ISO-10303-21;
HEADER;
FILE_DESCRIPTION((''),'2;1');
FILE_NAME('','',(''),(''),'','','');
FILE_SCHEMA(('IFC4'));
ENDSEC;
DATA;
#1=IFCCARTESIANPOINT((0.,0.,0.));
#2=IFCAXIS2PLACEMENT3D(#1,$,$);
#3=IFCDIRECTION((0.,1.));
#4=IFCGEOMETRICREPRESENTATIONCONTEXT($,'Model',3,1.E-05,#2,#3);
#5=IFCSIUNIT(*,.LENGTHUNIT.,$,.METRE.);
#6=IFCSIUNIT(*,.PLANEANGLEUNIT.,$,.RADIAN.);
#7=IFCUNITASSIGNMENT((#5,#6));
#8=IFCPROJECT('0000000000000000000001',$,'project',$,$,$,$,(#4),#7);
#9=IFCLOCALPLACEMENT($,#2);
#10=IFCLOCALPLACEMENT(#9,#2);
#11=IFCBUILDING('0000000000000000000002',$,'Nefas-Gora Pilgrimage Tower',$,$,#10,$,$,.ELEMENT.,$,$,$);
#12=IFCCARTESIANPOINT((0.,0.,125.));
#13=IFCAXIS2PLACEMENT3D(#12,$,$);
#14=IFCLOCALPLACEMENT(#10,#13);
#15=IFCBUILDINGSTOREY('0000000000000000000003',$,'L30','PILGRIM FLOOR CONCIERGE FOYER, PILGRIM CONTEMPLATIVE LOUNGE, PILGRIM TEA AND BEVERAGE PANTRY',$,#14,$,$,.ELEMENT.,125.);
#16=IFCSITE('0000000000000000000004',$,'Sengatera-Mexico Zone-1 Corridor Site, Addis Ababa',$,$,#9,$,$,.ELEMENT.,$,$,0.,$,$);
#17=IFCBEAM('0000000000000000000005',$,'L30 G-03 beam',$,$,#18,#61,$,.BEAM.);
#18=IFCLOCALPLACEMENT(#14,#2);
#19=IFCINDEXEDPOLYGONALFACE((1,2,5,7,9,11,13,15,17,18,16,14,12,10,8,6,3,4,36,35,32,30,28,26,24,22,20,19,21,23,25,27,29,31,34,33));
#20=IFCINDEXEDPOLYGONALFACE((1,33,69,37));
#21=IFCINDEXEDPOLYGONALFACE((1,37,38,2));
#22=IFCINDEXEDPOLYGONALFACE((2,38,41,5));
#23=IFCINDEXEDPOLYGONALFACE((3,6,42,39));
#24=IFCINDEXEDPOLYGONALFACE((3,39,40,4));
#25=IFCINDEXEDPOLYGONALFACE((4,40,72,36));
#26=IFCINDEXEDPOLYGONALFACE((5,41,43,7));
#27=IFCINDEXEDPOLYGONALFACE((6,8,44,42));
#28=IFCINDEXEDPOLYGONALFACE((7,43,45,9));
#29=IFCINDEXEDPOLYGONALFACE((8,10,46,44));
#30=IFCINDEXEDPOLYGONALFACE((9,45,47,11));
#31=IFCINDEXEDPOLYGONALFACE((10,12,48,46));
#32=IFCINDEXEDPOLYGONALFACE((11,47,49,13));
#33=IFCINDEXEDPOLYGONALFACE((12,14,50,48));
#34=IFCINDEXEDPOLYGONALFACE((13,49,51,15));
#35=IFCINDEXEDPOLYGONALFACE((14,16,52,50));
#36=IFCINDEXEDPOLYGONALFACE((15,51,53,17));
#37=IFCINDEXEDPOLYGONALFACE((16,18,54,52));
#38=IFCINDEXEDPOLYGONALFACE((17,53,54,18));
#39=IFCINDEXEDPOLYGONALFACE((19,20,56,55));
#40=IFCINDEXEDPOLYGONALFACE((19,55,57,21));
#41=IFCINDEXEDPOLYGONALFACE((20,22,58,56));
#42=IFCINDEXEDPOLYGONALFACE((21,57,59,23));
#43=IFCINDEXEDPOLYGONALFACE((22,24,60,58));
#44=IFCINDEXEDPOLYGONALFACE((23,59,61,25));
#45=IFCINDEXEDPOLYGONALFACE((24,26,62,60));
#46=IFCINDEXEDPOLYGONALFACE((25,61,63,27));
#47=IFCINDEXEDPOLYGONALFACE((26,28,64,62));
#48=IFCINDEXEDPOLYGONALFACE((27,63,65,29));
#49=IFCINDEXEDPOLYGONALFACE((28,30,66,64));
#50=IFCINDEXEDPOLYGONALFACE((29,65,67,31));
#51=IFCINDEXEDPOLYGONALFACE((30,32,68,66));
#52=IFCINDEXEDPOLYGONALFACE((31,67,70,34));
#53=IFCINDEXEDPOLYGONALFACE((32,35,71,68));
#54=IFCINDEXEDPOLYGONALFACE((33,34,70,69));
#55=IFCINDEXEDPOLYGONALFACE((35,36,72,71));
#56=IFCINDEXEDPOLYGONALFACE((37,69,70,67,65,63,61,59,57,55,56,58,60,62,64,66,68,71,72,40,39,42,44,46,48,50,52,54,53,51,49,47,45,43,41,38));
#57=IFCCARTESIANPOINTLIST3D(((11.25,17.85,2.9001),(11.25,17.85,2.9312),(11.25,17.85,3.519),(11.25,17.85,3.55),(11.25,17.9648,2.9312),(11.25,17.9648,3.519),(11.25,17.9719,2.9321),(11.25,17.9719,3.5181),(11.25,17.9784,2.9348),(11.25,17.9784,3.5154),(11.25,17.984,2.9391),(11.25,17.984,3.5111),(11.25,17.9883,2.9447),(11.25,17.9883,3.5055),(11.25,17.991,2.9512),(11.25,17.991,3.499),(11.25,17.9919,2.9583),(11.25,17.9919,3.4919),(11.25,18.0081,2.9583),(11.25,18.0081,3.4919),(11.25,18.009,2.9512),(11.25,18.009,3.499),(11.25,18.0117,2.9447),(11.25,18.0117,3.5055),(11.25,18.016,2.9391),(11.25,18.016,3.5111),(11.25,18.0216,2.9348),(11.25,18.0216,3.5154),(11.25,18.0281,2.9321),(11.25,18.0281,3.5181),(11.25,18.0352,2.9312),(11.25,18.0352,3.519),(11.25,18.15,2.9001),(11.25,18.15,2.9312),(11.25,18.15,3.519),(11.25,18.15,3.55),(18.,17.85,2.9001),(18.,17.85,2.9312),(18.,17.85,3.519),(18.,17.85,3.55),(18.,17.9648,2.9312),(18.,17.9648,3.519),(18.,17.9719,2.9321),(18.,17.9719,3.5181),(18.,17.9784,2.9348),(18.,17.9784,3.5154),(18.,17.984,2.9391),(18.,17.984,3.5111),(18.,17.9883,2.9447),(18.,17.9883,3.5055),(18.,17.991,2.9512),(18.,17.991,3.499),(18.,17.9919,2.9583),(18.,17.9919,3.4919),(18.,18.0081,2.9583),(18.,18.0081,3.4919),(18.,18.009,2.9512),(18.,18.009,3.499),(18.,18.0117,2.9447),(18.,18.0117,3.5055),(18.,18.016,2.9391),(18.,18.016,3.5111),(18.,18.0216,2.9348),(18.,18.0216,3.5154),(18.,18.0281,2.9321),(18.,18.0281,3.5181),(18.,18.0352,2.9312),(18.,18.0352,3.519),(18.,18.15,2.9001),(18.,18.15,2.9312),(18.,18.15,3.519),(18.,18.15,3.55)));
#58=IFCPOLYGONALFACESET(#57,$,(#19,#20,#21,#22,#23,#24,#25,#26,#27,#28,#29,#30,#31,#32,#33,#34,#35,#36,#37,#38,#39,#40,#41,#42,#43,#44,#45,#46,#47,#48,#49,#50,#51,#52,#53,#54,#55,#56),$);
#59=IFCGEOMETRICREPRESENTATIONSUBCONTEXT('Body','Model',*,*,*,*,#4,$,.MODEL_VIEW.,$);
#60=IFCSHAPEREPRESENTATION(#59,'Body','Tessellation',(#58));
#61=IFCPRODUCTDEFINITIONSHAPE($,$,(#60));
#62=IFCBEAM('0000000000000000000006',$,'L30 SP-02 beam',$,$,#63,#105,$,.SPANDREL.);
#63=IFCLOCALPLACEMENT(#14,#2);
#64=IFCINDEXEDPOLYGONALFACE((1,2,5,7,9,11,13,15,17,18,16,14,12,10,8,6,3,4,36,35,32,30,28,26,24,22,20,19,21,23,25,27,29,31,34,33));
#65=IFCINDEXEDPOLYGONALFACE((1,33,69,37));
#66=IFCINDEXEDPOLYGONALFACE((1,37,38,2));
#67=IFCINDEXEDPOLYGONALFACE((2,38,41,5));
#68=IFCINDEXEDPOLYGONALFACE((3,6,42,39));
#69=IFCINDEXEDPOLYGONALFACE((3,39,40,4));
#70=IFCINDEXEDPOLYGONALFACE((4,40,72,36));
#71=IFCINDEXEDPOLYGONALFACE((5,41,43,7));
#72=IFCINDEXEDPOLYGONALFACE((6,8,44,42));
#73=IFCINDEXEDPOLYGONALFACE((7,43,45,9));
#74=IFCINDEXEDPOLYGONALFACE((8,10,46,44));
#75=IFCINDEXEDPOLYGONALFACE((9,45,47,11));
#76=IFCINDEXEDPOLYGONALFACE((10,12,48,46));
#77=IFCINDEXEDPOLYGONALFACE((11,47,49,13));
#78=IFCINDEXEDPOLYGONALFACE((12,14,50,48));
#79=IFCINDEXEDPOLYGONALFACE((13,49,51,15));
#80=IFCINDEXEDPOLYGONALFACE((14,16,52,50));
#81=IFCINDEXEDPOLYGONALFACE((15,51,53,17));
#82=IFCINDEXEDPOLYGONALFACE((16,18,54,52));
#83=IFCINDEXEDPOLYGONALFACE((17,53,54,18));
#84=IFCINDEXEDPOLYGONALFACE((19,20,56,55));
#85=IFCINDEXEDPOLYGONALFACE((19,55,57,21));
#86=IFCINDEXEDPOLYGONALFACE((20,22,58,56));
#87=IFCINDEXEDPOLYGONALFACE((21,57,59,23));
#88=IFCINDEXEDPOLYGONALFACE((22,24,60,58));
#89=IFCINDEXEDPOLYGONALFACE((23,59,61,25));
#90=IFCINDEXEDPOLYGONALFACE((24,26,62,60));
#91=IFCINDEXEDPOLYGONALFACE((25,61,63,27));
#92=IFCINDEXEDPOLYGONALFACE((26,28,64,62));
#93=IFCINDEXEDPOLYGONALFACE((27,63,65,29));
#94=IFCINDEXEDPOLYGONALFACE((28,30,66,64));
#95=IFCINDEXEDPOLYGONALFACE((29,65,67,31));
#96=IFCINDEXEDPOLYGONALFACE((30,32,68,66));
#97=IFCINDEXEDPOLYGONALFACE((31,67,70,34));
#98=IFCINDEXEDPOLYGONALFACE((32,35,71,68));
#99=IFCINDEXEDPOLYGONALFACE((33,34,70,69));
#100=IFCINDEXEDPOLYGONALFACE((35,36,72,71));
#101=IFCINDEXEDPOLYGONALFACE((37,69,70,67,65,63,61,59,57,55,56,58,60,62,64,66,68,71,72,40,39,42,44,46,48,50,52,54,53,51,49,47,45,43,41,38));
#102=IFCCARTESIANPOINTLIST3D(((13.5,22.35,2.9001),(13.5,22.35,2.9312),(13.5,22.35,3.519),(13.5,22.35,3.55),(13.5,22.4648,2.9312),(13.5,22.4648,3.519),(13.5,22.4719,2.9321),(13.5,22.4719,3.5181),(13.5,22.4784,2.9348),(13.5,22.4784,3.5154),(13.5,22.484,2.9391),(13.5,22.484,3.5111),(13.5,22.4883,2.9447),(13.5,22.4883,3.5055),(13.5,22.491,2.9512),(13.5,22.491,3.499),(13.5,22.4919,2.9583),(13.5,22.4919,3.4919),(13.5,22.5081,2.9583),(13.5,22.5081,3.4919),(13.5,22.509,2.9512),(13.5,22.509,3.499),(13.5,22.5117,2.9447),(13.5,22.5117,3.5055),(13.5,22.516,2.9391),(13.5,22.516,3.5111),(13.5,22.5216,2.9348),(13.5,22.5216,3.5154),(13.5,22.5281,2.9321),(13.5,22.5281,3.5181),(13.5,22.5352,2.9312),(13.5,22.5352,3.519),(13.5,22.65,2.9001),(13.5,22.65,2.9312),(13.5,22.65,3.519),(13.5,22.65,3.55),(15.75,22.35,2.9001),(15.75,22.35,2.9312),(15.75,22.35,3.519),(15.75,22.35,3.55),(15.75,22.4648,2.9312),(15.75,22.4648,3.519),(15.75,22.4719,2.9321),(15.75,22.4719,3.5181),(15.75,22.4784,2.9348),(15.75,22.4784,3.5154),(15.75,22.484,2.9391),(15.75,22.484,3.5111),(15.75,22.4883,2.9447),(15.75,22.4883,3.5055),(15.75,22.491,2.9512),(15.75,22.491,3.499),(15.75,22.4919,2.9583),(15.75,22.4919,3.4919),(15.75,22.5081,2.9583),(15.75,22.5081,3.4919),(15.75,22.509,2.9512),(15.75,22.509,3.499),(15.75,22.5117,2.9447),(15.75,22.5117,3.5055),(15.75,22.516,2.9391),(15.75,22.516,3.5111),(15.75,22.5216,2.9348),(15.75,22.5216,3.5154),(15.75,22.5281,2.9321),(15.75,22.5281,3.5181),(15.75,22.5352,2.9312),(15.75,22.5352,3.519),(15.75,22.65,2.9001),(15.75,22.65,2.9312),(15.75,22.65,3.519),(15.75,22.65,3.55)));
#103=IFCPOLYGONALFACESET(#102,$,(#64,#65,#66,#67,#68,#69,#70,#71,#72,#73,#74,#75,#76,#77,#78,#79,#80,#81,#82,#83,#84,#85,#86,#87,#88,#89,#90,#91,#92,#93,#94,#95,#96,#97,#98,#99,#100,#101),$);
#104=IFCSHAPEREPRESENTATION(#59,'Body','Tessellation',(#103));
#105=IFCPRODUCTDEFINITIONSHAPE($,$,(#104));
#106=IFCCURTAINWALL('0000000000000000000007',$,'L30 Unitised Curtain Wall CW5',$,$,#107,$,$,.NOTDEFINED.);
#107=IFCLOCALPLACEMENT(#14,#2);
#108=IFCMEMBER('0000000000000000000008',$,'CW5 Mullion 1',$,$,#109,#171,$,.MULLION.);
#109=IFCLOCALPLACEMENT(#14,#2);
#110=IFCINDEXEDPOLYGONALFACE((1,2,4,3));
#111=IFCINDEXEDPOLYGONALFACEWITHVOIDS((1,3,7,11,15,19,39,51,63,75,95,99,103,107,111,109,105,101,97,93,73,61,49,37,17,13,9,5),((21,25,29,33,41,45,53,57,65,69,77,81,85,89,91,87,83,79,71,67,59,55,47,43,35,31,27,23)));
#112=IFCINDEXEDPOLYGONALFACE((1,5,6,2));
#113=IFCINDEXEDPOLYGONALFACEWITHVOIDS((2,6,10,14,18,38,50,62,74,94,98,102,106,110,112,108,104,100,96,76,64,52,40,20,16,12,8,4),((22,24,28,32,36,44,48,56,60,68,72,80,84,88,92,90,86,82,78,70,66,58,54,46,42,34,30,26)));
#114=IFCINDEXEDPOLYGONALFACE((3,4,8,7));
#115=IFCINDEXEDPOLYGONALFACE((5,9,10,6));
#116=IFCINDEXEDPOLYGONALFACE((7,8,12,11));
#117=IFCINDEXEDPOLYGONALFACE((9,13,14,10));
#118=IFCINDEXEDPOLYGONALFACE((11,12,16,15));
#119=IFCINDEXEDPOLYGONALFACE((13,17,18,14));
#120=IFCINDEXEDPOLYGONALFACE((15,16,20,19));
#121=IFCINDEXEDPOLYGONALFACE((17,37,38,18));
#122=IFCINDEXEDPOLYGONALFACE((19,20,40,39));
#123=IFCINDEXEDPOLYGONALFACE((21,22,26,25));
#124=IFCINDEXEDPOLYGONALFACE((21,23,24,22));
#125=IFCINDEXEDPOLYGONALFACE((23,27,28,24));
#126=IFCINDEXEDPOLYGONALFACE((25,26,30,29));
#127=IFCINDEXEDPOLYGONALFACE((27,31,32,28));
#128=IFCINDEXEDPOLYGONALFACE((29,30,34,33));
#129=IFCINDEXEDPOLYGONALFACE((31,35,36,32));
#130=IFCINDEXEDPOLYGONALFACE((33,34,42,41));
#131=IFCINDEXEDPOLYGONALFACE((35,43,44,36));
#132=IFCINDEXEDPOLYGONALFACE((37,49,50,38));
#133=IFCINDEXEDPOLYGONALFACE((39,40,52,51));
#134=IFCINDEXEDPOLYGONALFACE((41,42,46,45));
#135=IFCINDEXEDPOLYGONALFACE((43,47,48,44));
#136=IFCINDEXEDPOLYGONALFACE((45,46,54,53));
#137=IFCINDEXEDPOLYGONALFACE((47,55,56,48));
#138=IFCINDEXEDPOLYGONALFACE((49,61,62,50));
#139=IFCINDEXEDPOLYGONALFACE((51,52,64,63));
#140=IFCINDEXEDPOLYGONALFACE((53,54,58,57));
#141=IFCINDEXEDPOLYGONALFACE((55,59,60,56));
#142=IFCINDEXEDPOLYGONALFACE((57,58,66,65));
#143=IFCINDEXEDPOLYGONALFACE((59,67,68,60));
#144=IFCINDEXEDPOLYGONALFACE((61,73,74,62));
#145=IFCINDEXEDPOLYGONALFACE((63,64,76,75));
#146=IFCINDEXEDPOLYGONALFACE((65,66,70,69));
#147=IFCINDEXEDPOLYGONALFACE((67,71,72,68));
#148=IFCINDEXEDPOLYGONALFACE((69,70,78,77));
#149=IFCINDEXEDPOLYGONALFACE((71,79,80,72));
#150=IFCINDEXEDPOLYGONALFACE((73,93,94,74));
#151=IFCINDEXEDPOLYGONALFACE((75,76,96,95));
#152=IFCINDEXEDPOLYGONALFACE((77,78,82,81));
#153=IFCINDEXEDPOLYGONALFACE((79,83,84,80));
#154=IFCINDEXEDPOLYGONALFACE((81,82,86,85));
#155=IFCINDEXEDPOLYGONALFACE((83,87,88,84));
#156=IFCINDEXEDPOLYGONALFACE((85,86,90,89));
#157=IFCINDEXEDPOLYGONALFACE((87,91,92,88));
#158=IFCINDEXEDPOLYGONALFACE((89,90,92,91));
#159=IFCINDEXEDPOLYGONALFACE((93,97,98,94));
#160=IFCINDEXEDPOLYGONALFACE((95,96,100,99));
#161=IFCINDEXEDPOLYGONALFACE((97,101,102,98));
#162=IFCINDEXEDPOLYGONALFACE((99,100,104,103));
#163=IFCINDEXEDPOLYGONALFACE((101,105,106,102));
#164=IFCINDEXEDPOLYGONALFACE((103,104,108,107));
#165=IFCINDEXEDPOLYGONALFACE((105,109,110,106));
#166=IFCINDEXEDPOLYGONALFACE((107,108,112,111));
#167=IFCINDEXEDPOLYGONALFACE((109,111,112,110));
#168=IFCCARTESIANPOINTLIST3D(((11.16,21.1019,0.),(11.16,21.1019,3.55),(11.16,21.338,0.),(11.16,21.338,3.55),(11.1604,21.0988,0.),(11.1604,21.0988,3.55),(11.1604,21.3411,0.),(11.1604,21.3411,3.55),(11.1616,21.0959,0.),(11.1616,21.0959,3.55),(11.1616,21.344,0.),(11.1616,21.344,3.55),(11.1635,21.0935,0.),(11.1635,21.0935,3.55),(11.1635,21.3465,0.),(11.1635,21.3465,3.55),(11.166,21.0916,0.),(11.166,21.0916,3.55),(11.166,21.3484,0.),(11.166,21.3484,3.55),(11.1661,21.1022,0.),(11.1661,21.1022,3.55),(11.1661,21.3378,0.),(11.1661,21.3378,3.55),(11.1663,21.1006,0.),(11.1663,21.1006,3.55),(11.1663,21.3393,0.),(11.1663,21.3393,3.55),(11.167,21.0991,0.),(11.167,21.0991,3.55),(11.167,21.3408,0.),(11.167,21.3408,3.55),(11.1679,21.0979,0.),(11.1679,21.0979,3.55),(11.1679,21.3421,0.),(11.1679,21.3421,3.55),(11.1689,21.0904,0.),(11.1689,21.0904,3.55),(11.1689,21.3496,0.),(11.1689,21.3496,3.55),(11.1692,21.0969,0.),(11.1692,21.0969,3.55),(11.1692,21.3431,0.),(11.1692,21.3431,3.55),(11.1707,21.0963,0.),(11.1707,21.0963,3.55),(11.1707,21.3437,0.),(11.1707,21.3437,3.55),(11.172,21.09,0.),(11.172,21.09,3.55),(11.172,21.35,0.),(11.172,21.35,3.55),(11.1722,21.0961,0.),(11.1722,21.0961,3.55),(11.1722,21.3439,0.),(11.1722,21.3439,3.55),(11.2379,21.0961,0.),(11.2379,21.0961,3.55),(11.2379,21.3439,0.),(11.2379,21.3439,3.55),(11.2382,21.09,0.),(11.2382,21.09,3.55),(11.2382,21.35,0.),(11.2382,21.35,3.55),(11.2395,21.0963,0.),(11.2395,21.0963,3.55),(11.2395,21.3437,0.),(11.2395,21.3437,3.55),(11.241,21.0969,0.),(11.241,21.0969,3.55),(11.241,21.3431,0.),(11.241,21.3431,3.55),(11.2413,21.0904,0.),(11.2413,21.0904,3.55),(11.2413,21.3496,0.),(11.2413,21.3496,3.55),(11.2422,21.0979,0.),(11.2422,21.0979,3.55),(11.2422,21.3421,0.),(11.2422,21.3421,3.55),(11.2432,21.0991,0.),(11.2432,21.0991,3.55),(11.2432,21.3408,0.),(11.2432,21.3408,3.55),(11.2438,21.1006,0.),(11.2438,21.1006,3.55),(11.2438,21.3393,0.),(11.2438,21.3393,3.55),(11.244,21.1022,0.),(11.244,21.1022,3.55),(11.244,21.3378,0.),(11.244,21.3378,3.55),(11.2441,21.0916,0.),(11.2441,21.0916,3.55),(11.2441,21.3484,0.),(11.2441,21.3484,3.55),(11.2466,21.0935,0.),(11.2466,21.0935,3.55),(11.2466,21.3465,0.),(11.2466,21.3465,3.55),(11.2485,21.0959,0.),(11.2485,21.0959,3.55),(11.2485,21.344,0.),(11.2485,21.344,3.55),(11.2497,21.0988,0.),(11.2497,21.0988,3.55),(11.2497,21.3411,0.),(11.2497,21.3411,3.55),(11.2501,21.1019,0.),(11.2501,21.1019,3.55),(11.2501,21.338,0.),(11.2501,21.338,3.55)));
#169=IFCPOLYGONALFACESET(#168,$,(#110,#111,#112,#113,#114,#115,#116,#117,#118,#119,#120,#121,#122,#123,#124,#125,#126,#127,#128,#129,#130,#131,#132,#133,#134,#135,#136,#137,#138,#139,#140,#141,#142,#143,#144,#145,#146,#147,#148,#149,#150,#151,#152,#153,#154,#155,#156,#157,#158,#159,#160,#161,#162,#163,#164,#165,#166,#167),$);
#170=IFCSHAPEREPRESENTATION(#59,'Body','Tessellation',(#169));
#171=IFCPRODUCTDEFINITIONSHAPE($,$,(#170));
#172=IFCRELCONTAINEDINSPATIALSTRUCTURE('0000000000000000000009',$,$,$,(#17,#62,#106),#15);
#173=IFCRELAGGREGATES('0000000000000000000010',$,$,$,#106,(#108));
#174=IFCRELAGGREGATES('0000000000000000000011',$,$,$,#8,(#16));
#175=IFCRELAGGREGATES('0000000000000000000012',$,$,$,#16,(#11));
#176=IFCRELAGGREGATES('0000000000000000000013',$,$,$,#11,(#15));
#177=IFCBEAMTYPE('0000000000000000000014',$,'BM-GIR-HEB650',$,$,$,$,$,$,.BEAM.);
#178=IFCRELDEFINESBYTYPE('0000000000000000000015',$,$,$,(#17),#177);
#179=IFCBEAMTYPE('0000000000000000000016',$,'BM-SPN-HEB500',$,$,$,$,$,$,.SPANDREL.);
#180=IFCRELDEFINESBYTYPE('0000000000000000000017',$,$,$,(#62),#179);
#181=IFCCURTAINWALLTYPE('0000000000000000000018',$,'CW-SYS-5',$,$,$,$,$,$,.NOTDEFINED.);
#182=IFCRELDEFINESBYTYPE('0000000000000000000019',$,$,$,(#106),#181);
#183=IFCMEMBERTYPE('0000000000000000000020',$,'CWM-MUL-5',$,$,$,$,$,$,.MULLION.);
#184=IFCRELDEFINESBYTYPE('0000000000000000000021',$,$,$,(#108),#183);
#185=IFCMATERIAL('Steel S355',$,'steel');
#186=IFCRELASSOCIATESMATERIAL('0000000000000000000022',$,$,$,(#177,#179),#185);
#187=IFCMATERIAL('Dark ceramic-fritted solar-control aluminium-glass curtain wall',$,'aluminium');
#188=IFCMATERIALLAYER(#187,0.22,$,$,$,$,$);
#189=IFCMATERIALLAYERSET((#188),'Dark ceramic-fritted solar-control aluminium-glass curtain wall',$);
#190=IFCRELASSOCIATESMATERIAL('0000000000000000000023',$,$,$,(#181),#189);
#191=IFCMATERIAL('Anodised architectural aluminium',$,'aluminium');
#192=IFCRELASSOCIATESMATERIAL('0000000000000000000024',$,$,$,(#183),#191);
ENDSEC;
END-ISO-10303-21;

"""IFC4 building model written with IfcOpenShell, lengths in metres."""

from ifc_helpers import new_model, si_unit, direction, frame, origin, origin_2d, place, context, subcontext, project, spatial, hollow_rectangle, i_section, extrude, source, transform, mapped, material, layer, layer_set, material_profile, profile_set, type_object, element, aggregate, save


model = new_model("IFC4")

# Units and contexts
model_context = context("Model", 3, precision=1e-05, world=origin(), true_north=direction((0.0, 1.0)))
body_context = subcontext(model_context, "Body", "Model", "MODEL_VIEW")
ifc_project = project(units=[si_unit("LENGTHUNIT", "METRE"), si_unit("PLANEANGLEUNIT", "RADIAN")], contexts=[model_context])

# Site, building, storey
site_placement = place(None, origin())
site = spatial("IfcSite", under=ifc_project, at=site_placement, Name="Sengatera-Mexico Zone-1 Corridor Site, Addis Ababa", CompositionType="ELEMENT", RefElevation=0.0)
building_placement = place(site_placement, origin())
building = spatial("IfcBuilding", under=site, at=building_placement, Name="Nefas-Gora Pilgrimage Tower", CompositionType="ELEMENT")
storey_placement = place(building_placement, frame((0.0, 0.0, 125.0)))
storey = spatial("IfcBuildingStorey", under=building, at=storey_placement, Name="L30", Description="PILGRIM FLOOR CONCIERGE FOYER, PILGRIM CONTEMPLATIVE LOUNGE, PILGRIM TEA AND BEVERAGE PANTRY", CompositionType="ELEMENT", Elevation=125.0)

# Beams
ifc_material_1 = material(Name="Steel S355", Category="steel")
ifc_material_profile_1 = material_profile(ifc_material_1, i_section(OverallWidth=0.3, OverallDepth=0.6499, WebThickness=0.0161, FlangeThickness=0.031, FilletRadius=0.0271, at=origin_2d()), Name="HEB 650")
ifc_profile_set_1 = profile_set([ifc_material_profile_1], Name="Steel S355")
beam_type_1 = type_object("IfcBeamType", Name="BM-GIR-HEB650", PredefinedType="BEAM", material=ifc_profile_set_1)
shared_shape_1 = source(origin(), body_context, "Body", "SweptSolid", [
    extrude(i_section(OverallWidth=0.3, OverallDepth=0.6499, WebThickness=0.0161, FlangeThickness=0.031, FilletRadius=0.0271, at=origin_2d()), origin(), (0.0, 0.0, 1.0), 6.75),
])
beam_1_placement = place(storey_placement, frame((11.25, 18.0, 3.2251), z_axis=(1.0, 0.0, 0.0), x_axis=(0.0, 1.0, 0.0)))
element("IfcBeam", 1, at=beam_1_placement, inside=storey, type_object=beam_type_1, Name="L30 G-03 beam", PredefinedType="BEAM", context=body_context, shape_type="MappedRepresentation", body=[
    mapped(shared_shape_1, transform((0.0, 0.0, 0.0), x_axis=(1.0, 0.0, 0.0), y_axis=(0.0, 1.0, 0.0), z_axis=(0.0, 0.0, 1.0), scale=1.0)),
])
ifc_material_profile_2 = material_profile(ifc_material_1, i_section(OverallWidth=0.3, OverallDepth=0.6499, WebThickness=0.0161, FlangeThickness=0.031, FilletRadius=0.0271, at=origin_2d()), Name="HEB 650")
ifc_profile_set_2 = profile_set([ifc_material_profile_2], Name="Steel S355")
beam_type_2 = type_object("IfcBeamType", Name="BM-SPN-HEB500", PredefinedType="SPANDREL", material=ifc_profile_set_2)
shared_shape_2 = source(origin(), body_context, "Body", "SweptSolid", [
    extrude(i_section(OverallWidth=0.3, OverallDepth=0.6499, WebThickness=0.0161, FlangeThickness=0.031, FilletRadius=0.0271, at=origin_2d()), origin(), (0.0, 0.0, 1.0), 2.25),
])
beam_2_placement = place(storey_placement, frame((13.5, 22.5, 3.2251), z_axis=(1.0, 0.0, 0.0), x_axis=(0.0, 1.0, 0.0)))
element("IfcBeam", 2, at=beam_2_placement, inside=storey, type_object=beam_type_2, Name="L30 SP-02 beam", PredefinedType="SPANDREL", context=body_context, shape_type="MappedRepresentation", body=[
    mapped(shared_shape_2, transform((0.0, 0.0, 0.0), x_axis=(1.0, 0.0, 0.0), y_axis=(0.0, 1.0, 0.0), z_axis=(0.0, 0.0, 1.0), scale=1.0)),
])

# Curtain wall, member
ifc_material_2 = material(Name="Dark ceramic-fritted solar-control aluminium-glass curtain wall", Category="aluminium")
ifc_layer_1 = layer(ifc_material_2, 0.22)
ifc_layer_set_1 = layer_set([ifc_layer_1], Name="Dark ceramic-fritted solar-control aluminium-glass curtain wall")
curtain_wall_type_1 = type_object("IfcCurtainWallType", Name="CW-SYS-5", PredefinedType="NOTDEFINED", material=ifc_layer_set_1)
curtain_wall_1_placement = place(storey_placement, origin())
curtain_wall_1 = element("IfcCurtainWall", 3, at=curtain_wall_1_placement, inside=storey, type_object=curtain_wall_type_1, Name="L30 Unitised Curtain Wall CW5", PredefinedType="NOTDEFINED")
ifc_material_3 = material(Name="Anodised architectural aluminium", Category="aluminium")
ifc_material_profile_3 = material_profile(ifc_material_3, hollow_rectangle(XDim=0.0901, YDim=0.26, WallThickness=0.0061, InnerFilletRadius=0.0061, OuterFilletRadius=0.012, at=origin_2d()), Name="ALU MULLION 90x260")
ifc_profile_set_3 = profile_set([ifc_material_profile_3], Name="Anodised architectural aluminium")
member_type_1 = type_object("IfcMemberType", Name="CWM-MUL-5", PredefinedType="MULLION", material=ifc_profile_set_3)
shared_shape_3 = source(origin(), body_context, "Body", "SweptSolid", [
    extrude(hollow_rectangle(XDim=0.0901, YDim=0.26, WallThickness=0.0061, InnerFilletRadius=0.0061, OuterFilletRadius=0.012, at=origin_2d()), origin(), (0.0, 0.0, 1.0), 3.55),
])
member_1_placement = place(storey_placement, frame((11.2051, 21.22, 0.0), z_axis=(0.0, 0.0, 1.0), x_axis=(-1.0, 0.0, 0.0)))
member_1 = element("IfcMember", 4, at=member_1_placement, type_object=member_type_1, Name="CW5 Mullion 1", PredefinedType="MULLION", context=body_context, shape_type="MappedRepresentation", body=[
    mapped(shared_shape_3, transform((0.0, 0.0, 0.0), x_axis=(1.0, 0.0, 0.0), y_axis=(0.0, 1.0, 0.0), z_axis=(0.0, 0.0, 1.0), scale=1.0)),
])

aggregate(curtain_wall_1, [member_1])

save(model, "model.ifc")
